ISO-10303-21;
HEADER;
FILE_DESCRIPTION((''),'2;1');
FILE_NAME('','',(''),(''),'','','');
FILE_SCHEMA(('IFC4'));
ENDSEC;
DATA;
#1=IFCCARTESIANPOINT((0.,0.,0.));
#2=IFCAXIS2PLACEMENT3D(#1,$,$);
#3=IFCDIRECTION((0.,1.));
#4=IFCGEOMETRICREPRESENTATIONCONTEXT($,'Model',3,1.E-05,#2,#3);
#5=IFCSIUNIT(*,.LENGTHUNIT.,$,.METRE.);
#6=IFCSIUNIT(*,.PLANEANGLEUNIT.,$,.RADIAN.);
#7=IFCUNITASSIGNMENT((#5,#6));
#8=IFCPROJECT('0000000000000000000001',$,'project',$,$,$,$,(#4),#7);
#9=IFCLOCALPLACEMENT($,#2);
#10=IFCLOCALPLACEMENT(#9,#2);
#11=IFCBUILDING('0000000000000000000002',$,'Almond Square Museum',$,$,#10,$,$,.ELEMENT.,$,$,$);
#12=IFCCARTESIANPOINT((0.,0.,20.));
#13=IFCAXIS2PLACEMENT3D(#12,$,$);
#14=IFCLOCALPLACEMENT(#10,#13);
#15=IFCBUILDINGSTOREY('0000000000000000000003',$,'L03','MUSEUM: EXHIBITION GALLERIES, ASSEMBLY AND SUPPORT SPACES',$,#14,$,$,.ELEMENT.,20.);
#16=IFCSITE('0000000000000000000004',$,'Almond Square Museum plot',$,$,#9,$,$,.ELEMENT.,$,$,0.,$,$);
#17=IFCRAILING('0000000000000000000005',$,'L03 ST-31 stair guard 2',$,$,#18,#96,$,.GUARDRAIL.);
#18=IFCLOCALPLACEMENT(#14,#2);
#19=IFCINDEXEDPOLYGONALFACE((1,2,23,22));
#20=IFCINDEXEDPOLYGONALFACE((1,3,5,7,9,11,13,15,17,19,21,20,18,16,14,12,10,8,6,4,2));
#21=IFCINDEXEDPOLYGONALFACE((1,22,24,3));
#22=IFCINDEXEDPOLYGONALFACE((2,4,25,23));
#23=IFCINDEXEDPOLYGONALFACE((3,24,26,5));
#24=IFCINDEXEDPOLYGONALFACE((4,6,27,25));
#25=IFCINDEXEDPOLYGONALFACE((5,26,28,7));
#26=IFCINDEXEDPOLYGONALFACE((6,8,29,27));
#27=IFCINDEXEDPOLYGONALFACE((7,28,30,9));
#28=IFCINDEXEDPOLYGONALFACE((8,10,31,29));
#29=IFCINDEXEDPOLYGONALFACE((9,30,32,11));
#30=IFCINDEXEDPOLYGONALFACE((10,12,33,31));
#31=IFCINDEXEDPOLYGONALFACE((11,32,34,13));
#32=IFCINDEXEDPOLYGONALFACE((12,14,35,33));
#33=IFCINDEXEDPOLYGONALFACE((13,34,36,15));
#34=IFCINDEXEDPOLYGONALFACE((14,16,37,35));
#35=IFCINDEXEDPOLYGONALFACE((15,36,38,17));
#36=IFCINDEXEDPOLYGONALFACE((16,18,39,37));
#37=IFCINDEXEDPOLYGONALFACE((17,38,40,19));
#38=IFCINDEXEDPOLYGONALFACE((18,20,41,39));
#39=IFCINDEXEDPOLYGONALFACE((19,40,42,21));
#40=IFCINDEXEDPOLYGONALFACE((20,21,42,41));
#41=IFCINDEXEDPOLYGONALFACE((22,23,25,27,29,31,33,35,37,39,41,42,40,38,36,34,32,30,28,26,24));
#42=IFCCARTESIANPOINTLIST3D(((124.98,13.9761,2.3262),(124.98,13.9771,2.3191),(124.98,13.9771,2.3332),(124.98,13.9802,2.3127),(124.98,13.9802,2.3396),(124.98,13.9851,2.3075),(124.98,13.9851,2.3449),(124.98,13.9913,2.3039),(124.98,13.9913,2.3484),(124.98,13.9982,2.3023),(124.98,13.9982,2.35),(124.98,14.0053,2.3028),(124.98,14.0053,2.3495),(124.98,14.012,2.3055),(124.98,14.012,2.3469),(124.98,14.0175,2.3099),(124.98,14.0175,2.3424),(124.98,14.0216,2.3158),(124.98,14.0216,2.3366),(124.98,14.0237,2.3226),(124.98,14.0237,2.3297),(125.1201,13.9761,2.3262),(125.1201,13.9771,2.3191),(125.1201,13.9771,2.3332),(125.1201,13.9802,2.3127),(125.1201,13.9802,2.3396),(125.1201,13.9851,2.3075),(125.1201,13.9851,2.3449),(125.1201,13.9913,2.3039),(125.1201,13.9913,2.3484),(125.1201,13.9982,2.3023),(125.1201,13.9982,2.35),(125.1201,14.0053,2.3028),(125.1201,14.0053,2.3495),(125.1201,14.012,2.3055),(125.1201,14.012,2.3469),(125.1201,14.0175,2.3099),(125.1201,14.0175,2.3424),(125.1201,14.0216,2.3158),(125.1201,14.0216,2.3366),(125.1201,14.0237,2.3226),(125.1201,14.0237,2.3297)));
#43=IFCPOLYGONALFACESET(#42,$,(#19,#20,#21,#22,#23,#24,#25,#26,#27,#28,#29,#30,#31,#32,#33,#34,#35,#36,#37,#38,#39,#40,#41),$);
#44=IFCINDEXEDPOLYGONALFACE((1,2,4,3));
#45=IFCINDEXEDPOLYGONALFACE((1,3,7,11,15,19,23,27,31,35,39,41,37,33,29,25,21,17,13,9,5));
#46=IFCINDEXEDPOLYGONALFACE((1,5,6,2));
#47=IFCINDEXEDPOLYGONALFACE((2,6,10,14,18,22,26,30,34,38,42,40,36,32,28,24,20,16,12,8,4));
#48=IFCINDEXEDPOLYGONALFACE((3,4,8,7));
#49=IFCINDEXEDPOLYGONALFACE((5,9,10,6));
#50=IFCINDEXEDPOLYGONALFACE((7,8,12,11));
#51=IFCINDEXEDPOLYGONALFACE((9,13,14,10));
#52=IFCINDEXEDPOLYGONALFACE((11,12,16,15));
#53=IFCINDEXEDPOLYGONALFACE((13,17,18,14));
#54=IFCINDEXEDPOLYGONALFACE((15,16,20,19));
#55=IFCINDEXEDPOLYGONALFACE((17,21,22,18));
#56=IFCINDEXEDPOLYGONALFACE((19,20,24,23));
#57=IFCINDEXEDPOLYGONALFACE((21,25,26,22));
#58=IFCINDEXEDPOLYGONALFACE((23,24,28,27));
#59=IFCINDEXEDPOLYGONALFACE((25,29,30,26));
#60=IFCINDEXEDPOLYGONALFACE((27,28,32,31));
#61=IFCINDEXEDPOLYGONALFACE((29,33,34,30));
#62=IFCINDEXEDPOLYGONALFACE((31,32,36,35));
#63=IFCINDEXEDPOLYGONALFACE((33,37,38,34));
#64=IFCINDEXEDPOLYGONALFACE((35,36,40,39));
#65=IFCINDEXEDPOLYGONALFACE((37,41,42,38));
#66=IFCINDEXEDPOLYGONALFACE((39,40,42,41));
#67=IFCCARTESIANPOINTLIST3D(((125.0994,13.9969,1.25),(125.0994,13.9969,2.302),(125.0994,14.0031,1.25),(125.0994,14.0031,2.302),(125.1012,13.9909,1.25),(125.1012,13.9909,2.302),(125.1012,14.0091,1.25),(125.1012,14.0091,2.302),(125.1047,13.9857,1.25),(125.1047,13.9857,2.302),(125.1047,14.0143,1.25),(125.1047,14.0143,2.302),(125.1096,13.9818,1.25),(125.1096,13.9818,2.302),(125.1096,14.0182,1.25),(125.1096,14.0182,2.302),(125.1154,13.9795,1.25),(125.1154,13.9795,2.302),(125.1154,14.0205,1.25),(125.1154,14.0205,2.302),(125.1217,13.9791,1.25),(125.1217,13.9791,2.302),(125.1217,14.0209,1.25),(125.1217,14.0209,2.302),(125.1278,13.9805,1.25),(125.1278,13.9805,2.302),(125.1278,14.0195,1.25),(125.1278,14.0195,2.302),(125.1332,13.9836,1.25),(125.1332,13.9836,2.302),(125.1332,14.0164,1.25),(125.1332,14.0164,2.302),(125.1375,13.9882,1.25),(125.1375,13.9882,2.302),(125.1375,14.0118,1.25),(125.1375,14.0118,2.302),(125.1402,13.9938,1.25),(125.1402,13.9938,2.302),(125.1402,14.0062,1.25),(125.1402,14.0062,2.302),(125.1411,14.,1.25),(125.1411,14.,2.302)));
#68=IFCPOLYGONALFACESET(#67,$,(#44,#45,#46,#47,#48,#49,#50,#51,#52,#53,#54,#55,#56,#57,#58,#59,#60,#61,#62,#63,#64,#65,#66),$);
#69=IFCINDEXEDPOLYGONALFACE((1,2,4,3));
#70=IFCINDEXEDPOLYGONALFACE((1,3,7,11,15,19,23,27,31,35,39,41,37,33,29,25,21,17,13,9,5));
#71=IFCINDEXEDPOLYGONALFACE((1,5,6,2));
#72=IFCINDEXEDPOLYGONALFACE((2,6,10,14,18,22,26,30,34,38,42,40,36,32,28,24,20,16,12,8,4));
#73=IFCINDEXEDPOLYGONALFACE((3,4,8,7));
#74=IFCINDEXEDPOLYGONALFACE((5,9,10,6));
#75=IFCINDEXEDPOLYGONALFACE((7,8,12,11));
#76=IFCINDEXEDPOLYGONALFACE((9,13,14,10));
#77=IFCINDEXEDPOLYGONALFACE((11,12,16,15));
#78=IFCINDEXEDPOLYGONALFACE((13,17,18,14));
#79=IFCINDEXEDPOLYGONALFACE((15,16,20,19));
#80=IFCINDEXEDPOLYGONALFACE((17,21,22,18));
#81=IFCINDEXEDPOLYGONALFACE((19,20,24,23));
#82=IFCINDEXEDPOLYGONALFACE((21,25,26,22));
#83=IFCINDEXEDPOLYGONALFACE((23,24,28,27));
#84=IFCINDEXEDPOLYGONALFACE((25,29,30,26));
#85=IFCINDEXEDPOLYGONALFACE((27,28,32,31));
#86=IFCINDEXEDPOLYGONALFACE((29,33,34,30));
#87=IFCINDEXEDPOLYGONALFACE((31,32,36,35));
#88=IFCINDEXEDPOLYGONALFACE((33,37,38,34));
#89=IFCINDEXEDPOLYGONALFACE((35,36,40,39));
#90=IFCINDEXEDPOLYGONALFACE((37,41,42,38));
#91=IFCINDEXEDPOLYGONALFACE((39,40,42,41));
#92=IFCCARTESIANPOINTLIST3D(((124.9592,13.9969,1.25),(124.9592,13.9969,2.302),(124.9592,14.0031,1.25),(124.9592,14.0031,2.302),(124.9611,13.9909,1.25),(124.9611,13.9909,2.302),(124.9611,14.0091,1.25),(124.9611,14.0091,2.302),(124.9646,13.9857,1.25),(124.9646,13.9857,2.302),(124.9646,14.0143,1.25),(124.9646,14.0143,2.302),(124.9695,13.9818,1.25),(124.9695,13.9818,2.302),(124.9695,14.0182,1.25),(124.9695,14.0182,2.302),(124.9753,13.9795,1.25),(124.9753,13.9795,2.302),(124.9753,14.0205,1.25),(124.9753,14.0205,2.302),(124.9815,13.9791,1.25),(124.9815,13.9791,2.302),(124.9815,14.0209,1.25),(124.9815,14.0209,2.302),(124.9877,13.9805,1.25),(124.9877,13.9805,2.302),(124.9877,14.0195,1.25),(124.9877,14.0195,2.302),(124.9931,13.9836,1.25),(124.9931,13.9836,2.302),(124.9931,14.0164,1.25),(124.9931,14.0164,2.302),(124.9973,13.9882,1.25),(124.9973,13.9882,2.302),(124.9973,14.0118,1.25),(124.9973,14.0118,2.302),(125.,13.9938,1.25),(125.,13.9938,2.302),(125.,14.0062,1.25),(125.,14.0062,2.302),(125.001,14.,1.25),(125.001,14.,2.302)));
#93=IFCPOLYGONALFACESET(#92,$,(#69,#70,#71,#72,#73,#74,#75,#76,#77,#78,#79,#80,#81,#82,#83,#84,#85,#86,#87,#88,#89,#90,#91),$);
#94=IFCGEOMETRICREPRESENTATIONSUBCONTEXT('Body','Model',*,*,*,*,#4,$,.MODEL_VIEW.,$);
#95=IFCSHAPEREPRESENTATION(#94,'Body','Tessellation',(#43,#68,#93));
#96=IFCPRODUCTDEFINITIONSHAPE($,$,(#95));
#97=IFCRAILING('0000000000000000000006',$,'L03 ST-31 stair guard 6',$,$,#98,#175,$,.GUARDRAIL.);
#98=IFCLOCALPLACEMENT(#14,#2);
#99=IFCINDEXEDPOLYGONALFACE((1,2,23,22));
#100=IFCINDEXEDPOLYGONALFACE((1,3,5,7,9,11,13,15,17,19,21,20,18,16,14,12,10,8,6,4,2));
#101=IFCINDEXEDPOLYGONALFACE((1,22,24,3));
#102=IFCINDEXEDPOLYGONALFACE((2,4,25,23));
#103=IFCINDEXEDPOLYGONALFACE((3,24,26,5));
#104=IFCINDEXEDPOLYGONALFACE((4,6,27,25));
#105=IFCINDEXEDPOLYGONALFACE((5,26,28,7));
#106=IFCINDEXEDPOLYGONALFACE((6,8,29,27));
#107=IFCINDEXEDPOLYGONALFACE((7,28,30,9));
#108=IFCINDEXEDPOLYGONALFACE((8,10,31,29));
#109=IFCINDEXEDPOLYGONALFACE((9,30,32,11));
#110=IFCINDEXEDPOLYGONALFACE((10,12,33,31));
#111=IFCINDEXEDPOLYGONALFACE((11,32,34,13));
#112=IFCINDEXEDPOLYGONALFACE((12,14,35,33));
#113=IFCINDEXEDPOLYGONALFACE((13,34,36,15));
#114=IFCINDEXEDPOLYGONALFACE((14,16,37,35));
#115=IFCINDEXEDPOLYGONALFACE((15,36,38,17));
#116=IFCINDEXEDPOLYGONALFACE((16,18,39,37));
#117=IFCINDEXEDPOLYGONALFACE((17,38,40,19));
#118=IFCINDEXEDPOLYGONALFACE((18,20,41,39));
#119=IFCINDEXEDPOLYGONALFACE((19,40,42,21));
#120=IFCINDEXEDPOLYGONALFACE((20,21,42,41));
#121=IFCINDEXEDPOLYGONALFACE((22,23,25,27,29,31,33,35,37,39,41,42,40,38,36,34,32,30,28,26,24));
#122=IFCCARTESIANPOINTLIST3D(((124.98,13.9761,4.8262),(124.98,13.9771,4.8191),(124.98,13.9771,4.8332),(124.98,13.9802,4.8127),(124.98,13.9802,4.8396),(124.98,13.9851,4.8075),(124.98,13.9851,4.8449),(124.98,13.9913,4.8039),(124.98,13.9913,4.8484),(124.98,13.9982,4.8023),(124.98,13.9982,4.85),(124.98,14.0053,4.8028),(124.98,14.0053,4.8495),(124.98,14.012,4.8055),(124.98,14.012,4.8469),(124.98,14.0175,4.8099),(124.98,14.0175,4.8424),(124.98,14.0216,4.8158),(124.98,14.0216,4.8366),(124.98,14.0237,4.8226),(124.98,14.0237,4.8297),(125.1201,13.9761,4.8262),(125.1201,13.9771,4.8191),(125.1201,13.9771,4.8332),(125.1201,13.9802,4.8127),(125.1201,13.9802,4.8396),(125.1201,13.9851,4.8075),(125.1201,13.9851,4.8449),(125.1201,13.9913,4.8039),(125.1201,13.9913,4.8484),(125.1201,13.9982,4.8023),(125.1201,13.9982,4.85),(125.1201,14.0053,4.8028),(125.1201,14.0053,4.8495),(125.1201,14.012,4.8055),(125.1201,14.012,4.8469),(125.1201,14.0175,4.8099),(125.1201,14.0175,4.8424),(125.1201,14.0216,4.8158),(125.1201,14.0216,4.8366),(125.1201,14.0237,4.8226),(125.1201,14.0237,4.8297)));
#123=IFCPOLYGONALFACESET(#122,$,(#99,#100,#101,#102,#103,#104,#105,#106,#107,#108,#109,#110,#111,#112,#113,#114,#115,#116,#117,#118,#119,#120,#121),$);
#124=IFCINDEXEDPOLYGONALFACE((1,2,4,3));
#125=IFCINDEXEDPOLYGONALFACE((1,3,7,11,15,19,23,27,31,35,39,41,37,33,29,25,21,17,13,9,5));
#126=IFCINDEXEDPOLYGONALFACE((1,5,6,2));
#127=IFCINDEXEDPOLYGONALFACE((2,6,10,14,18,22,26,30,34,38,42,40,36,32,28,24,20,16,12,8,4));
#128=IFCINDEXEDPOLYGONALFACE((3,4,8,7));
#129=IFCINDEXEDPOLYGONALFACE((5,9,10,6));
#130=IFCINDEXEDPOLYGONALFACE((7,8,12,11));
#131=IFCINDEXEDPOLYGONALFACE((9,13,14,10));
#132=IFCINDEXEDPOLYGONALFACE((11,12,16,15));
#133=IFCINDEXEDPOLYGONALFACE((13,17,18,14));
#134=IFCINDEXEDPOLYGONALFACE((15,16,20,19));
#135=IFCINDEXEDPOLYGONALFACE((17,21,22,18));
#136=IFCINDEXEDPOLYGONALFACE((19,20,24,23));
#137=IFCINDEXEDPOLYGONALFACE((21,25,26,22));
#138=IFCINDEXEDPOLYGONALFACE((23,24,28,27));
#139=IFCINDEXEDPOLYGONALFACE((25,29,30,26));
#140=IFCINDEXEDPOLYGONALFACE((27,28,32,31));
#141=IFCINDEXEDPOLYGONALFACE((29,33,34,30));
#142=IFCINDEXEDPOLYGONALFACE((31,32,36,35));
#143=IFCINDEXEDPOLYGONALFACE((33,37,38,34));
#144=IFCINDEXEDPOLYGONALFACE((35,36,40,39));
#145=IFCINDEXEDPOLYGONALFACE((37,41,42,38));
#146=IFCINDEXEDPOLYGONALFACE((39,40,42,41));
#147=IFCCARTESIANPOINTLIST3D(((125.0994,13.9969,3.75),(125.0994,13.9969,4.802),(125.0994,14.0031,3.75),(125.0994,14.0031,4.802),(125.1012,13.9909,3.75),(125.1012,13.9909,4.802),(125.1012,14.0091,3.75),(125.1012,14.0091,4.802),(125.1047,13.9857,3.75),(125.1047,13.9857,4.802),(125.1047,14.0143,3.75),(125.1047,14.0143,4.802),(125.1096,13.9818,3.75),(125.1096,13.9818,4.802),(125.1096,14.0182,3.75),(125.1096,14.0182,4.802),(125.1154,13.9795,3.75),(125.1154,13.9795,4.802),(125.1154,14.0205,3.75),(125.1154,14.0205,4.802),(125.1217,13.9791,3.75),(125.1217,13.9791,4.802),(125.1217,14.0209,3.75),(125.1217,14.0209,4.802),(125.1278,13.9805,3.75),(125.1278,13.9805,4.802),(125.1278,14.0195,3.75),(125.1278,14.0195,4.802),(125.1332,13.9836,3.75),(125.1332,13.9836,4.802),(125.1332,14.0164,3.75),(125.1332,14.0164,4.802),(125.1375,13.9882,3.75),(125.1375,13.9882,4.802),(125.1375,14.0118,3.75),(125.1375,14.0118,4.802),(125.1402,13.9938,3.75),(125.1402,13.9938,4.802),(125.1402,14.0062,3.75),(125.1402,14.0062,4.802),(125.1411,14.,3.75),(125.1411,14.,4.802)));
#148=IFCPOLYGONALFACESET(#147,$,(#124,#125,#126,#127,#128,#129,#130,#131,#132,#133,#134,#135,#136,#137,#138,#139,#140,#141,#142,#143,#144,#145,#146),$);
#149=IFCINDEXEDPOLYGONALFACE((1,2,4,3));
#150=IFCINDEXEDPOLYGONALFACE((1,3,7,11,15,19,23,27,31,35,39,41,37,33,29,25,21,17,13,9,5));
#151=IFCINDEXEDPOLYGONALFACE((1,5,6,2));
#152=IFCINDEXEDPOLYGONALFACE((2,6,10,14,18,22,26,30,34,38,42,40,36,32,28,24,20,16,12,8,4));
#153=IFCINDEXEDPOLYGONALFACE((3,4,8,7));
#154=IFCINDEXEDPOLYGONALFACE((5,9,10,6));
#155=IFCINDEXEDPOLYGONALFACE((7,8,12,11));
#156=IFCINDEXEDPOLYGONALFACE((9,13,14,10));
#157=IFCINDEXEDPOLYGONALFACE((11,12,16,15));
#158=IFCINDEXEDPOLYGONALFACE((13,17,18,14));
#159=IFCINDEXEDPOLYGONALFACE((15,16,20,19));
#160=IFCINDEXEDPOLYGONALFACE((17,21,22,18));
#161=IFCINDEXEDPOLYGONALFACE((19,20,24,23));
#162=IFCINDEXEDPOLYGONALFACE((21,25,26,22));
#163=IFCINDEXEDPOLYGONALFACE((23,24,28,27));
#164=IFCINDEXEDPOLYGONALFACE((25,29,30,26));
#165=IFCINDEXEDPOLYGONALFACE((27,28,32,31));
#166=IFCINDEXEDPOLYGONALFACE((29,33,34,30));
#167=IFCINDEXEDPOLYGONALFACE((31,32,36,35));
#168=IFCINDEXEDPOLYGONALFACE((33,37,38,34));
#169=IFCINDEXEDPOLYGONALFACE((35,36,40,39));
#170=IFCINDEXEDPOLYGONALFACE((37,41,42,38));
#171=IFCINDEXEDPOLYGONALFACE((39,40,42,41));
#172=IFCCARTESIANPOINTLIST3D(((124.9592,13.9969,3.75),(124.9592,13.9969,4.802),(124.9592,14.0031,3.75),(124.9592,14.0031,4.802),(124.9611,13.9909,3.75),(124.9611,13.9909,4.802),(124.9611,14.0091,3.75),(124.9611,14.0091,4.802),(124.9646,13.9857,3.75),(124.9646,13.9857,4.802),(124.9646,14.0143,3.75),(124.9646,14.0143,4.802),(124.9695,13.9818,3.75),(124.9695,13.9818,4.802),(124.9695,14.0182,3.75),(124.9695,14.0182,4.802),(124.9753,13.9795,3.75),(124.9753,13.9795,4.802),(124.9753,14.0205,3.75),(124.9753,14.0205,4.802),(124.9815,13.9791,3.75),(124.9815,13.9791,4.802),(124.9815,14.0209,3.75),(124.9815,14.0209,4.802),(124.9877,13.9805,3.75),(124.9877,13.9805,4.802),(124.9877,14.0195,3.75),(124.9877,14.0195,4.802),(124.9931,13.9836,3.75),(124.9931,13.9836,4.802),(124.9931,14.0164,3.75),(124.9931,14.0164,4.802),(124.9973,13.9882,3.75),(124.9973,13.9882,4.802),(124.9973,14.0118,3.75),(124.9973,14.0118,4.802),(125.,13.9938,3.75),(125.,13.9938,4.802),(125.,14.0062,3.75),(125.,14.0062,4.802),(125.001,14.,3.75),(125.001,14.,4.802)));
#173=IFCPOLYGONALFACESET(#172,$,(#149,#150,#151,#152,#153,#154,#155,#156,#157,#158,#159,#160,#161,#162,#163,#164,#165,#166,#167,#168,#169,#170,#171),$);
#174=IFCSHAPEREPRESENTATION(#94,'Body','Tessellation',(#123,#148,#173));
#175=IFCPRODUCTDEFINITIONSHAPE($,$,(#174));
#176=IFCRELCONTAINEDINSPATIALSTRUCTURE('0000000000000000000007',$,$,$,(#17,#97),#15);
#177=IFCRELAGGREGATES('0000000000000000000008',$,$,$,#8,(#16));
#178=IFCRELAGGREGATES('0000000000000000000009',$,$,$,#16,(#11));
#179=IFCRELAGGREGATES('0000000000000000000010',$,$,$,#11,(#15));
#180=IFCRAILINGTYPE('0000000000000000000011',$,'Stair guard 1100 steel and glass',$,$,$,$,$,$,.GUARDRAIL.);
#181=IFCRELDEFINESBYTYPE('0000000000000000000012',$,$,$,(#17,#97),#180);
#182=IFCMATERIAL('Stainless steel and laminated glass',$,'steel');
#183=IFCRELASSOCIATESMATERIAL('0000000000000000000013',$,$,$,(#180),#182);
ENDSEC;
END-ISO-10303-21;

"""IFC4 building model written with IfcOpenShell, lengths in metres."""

from ifc_helpers import new_model, si_unit, direction, frame, origin, origin_2d, place, context, subcontext, project, spatial, circle, extrude, material, type_object, element, save


model = new_model("IFC4")

# Units and contexts
model_context = context("Model", 3, precision=1e-05, world=origin(), true_north=direction((0.0, 1.0)))
body_context = subcontext(model_context, "Body", "Model", "MODEL_VIEW")
ifc_project = project(units=[si_unit("LENGTHUNIT", "METRE"), si_unit("PLANEANGLEUNIT", "RADIAN")], contexts=[model_context])

# Site, building, storey
site_placement = place(None, origin())
site = spatial("IfcSite", under=ifc_project, at=site_placement, Name="Almond Square Museum plot", CompositionType="ELEMENT", RefElevation=0.0)
building_placement = place(site_placement, origin())
building = spatial("IfcBuilding", under=site, at=building_placement, Name="Almond Square Museum", CompositionType="ELEMENT")
storey_placement = place(building_placement, frame((0.0, 0.0, 20.0)))
storey = spatial("IfcBuildingStorey", under=building, at=storey_placement, Name="L03", Description="MUSEUM: EXHIBITION GALLERIES, ASSEMBLY AND SUPPORT SPACES", CompositionType="ELEMENT", Elevation=20.0)

# Railings
ifc_material_1 = material(Name="Stainless steel and laminated glass", Category="steel")
railing_type = type_object("IfcRailingType", Name="Stair guard 1100 steel and glass", PredefinedType="GUARDRAIL", material=ifc_material_1)
for number, where, name in (
    (1, (125.1201, 14.0, 1.25), "L03 ST-31 stair guard 2"),
    (2, (125.1201, 14.0, 3.75), "L03 ST-31 stair guard 6"),
):
    element("IfcRailing", number, at=place(storey_placement, frame(where)), inside=storey, type_object=railing_type, Name=name, PredefinedType="GUARDRAIL", context=body_context, shape_type="SweptSolid", body=[
        extrude(circle(Radius=0.0239, at=origin_2d()), frame((0.0, 0.0, 1.0762), z_axis=(-1.0, 0.0, 0.0), x_axis=(0.0, -1.0, 0.0)), (0.0, 0.0, 1.0), 0.1401),
        extrude(circle(Radius=0.021, at=origin_2d()), origin(), (0.0, 0.0, 1.0), 1.052),
        extrude(circle(Radius=0.021, at=origin_2d()), frame((-0.1401, 0.0, 0.0)), (0.0, 0.0, 1.0), 1.052),
    ])

save(model, "model.ifc")
